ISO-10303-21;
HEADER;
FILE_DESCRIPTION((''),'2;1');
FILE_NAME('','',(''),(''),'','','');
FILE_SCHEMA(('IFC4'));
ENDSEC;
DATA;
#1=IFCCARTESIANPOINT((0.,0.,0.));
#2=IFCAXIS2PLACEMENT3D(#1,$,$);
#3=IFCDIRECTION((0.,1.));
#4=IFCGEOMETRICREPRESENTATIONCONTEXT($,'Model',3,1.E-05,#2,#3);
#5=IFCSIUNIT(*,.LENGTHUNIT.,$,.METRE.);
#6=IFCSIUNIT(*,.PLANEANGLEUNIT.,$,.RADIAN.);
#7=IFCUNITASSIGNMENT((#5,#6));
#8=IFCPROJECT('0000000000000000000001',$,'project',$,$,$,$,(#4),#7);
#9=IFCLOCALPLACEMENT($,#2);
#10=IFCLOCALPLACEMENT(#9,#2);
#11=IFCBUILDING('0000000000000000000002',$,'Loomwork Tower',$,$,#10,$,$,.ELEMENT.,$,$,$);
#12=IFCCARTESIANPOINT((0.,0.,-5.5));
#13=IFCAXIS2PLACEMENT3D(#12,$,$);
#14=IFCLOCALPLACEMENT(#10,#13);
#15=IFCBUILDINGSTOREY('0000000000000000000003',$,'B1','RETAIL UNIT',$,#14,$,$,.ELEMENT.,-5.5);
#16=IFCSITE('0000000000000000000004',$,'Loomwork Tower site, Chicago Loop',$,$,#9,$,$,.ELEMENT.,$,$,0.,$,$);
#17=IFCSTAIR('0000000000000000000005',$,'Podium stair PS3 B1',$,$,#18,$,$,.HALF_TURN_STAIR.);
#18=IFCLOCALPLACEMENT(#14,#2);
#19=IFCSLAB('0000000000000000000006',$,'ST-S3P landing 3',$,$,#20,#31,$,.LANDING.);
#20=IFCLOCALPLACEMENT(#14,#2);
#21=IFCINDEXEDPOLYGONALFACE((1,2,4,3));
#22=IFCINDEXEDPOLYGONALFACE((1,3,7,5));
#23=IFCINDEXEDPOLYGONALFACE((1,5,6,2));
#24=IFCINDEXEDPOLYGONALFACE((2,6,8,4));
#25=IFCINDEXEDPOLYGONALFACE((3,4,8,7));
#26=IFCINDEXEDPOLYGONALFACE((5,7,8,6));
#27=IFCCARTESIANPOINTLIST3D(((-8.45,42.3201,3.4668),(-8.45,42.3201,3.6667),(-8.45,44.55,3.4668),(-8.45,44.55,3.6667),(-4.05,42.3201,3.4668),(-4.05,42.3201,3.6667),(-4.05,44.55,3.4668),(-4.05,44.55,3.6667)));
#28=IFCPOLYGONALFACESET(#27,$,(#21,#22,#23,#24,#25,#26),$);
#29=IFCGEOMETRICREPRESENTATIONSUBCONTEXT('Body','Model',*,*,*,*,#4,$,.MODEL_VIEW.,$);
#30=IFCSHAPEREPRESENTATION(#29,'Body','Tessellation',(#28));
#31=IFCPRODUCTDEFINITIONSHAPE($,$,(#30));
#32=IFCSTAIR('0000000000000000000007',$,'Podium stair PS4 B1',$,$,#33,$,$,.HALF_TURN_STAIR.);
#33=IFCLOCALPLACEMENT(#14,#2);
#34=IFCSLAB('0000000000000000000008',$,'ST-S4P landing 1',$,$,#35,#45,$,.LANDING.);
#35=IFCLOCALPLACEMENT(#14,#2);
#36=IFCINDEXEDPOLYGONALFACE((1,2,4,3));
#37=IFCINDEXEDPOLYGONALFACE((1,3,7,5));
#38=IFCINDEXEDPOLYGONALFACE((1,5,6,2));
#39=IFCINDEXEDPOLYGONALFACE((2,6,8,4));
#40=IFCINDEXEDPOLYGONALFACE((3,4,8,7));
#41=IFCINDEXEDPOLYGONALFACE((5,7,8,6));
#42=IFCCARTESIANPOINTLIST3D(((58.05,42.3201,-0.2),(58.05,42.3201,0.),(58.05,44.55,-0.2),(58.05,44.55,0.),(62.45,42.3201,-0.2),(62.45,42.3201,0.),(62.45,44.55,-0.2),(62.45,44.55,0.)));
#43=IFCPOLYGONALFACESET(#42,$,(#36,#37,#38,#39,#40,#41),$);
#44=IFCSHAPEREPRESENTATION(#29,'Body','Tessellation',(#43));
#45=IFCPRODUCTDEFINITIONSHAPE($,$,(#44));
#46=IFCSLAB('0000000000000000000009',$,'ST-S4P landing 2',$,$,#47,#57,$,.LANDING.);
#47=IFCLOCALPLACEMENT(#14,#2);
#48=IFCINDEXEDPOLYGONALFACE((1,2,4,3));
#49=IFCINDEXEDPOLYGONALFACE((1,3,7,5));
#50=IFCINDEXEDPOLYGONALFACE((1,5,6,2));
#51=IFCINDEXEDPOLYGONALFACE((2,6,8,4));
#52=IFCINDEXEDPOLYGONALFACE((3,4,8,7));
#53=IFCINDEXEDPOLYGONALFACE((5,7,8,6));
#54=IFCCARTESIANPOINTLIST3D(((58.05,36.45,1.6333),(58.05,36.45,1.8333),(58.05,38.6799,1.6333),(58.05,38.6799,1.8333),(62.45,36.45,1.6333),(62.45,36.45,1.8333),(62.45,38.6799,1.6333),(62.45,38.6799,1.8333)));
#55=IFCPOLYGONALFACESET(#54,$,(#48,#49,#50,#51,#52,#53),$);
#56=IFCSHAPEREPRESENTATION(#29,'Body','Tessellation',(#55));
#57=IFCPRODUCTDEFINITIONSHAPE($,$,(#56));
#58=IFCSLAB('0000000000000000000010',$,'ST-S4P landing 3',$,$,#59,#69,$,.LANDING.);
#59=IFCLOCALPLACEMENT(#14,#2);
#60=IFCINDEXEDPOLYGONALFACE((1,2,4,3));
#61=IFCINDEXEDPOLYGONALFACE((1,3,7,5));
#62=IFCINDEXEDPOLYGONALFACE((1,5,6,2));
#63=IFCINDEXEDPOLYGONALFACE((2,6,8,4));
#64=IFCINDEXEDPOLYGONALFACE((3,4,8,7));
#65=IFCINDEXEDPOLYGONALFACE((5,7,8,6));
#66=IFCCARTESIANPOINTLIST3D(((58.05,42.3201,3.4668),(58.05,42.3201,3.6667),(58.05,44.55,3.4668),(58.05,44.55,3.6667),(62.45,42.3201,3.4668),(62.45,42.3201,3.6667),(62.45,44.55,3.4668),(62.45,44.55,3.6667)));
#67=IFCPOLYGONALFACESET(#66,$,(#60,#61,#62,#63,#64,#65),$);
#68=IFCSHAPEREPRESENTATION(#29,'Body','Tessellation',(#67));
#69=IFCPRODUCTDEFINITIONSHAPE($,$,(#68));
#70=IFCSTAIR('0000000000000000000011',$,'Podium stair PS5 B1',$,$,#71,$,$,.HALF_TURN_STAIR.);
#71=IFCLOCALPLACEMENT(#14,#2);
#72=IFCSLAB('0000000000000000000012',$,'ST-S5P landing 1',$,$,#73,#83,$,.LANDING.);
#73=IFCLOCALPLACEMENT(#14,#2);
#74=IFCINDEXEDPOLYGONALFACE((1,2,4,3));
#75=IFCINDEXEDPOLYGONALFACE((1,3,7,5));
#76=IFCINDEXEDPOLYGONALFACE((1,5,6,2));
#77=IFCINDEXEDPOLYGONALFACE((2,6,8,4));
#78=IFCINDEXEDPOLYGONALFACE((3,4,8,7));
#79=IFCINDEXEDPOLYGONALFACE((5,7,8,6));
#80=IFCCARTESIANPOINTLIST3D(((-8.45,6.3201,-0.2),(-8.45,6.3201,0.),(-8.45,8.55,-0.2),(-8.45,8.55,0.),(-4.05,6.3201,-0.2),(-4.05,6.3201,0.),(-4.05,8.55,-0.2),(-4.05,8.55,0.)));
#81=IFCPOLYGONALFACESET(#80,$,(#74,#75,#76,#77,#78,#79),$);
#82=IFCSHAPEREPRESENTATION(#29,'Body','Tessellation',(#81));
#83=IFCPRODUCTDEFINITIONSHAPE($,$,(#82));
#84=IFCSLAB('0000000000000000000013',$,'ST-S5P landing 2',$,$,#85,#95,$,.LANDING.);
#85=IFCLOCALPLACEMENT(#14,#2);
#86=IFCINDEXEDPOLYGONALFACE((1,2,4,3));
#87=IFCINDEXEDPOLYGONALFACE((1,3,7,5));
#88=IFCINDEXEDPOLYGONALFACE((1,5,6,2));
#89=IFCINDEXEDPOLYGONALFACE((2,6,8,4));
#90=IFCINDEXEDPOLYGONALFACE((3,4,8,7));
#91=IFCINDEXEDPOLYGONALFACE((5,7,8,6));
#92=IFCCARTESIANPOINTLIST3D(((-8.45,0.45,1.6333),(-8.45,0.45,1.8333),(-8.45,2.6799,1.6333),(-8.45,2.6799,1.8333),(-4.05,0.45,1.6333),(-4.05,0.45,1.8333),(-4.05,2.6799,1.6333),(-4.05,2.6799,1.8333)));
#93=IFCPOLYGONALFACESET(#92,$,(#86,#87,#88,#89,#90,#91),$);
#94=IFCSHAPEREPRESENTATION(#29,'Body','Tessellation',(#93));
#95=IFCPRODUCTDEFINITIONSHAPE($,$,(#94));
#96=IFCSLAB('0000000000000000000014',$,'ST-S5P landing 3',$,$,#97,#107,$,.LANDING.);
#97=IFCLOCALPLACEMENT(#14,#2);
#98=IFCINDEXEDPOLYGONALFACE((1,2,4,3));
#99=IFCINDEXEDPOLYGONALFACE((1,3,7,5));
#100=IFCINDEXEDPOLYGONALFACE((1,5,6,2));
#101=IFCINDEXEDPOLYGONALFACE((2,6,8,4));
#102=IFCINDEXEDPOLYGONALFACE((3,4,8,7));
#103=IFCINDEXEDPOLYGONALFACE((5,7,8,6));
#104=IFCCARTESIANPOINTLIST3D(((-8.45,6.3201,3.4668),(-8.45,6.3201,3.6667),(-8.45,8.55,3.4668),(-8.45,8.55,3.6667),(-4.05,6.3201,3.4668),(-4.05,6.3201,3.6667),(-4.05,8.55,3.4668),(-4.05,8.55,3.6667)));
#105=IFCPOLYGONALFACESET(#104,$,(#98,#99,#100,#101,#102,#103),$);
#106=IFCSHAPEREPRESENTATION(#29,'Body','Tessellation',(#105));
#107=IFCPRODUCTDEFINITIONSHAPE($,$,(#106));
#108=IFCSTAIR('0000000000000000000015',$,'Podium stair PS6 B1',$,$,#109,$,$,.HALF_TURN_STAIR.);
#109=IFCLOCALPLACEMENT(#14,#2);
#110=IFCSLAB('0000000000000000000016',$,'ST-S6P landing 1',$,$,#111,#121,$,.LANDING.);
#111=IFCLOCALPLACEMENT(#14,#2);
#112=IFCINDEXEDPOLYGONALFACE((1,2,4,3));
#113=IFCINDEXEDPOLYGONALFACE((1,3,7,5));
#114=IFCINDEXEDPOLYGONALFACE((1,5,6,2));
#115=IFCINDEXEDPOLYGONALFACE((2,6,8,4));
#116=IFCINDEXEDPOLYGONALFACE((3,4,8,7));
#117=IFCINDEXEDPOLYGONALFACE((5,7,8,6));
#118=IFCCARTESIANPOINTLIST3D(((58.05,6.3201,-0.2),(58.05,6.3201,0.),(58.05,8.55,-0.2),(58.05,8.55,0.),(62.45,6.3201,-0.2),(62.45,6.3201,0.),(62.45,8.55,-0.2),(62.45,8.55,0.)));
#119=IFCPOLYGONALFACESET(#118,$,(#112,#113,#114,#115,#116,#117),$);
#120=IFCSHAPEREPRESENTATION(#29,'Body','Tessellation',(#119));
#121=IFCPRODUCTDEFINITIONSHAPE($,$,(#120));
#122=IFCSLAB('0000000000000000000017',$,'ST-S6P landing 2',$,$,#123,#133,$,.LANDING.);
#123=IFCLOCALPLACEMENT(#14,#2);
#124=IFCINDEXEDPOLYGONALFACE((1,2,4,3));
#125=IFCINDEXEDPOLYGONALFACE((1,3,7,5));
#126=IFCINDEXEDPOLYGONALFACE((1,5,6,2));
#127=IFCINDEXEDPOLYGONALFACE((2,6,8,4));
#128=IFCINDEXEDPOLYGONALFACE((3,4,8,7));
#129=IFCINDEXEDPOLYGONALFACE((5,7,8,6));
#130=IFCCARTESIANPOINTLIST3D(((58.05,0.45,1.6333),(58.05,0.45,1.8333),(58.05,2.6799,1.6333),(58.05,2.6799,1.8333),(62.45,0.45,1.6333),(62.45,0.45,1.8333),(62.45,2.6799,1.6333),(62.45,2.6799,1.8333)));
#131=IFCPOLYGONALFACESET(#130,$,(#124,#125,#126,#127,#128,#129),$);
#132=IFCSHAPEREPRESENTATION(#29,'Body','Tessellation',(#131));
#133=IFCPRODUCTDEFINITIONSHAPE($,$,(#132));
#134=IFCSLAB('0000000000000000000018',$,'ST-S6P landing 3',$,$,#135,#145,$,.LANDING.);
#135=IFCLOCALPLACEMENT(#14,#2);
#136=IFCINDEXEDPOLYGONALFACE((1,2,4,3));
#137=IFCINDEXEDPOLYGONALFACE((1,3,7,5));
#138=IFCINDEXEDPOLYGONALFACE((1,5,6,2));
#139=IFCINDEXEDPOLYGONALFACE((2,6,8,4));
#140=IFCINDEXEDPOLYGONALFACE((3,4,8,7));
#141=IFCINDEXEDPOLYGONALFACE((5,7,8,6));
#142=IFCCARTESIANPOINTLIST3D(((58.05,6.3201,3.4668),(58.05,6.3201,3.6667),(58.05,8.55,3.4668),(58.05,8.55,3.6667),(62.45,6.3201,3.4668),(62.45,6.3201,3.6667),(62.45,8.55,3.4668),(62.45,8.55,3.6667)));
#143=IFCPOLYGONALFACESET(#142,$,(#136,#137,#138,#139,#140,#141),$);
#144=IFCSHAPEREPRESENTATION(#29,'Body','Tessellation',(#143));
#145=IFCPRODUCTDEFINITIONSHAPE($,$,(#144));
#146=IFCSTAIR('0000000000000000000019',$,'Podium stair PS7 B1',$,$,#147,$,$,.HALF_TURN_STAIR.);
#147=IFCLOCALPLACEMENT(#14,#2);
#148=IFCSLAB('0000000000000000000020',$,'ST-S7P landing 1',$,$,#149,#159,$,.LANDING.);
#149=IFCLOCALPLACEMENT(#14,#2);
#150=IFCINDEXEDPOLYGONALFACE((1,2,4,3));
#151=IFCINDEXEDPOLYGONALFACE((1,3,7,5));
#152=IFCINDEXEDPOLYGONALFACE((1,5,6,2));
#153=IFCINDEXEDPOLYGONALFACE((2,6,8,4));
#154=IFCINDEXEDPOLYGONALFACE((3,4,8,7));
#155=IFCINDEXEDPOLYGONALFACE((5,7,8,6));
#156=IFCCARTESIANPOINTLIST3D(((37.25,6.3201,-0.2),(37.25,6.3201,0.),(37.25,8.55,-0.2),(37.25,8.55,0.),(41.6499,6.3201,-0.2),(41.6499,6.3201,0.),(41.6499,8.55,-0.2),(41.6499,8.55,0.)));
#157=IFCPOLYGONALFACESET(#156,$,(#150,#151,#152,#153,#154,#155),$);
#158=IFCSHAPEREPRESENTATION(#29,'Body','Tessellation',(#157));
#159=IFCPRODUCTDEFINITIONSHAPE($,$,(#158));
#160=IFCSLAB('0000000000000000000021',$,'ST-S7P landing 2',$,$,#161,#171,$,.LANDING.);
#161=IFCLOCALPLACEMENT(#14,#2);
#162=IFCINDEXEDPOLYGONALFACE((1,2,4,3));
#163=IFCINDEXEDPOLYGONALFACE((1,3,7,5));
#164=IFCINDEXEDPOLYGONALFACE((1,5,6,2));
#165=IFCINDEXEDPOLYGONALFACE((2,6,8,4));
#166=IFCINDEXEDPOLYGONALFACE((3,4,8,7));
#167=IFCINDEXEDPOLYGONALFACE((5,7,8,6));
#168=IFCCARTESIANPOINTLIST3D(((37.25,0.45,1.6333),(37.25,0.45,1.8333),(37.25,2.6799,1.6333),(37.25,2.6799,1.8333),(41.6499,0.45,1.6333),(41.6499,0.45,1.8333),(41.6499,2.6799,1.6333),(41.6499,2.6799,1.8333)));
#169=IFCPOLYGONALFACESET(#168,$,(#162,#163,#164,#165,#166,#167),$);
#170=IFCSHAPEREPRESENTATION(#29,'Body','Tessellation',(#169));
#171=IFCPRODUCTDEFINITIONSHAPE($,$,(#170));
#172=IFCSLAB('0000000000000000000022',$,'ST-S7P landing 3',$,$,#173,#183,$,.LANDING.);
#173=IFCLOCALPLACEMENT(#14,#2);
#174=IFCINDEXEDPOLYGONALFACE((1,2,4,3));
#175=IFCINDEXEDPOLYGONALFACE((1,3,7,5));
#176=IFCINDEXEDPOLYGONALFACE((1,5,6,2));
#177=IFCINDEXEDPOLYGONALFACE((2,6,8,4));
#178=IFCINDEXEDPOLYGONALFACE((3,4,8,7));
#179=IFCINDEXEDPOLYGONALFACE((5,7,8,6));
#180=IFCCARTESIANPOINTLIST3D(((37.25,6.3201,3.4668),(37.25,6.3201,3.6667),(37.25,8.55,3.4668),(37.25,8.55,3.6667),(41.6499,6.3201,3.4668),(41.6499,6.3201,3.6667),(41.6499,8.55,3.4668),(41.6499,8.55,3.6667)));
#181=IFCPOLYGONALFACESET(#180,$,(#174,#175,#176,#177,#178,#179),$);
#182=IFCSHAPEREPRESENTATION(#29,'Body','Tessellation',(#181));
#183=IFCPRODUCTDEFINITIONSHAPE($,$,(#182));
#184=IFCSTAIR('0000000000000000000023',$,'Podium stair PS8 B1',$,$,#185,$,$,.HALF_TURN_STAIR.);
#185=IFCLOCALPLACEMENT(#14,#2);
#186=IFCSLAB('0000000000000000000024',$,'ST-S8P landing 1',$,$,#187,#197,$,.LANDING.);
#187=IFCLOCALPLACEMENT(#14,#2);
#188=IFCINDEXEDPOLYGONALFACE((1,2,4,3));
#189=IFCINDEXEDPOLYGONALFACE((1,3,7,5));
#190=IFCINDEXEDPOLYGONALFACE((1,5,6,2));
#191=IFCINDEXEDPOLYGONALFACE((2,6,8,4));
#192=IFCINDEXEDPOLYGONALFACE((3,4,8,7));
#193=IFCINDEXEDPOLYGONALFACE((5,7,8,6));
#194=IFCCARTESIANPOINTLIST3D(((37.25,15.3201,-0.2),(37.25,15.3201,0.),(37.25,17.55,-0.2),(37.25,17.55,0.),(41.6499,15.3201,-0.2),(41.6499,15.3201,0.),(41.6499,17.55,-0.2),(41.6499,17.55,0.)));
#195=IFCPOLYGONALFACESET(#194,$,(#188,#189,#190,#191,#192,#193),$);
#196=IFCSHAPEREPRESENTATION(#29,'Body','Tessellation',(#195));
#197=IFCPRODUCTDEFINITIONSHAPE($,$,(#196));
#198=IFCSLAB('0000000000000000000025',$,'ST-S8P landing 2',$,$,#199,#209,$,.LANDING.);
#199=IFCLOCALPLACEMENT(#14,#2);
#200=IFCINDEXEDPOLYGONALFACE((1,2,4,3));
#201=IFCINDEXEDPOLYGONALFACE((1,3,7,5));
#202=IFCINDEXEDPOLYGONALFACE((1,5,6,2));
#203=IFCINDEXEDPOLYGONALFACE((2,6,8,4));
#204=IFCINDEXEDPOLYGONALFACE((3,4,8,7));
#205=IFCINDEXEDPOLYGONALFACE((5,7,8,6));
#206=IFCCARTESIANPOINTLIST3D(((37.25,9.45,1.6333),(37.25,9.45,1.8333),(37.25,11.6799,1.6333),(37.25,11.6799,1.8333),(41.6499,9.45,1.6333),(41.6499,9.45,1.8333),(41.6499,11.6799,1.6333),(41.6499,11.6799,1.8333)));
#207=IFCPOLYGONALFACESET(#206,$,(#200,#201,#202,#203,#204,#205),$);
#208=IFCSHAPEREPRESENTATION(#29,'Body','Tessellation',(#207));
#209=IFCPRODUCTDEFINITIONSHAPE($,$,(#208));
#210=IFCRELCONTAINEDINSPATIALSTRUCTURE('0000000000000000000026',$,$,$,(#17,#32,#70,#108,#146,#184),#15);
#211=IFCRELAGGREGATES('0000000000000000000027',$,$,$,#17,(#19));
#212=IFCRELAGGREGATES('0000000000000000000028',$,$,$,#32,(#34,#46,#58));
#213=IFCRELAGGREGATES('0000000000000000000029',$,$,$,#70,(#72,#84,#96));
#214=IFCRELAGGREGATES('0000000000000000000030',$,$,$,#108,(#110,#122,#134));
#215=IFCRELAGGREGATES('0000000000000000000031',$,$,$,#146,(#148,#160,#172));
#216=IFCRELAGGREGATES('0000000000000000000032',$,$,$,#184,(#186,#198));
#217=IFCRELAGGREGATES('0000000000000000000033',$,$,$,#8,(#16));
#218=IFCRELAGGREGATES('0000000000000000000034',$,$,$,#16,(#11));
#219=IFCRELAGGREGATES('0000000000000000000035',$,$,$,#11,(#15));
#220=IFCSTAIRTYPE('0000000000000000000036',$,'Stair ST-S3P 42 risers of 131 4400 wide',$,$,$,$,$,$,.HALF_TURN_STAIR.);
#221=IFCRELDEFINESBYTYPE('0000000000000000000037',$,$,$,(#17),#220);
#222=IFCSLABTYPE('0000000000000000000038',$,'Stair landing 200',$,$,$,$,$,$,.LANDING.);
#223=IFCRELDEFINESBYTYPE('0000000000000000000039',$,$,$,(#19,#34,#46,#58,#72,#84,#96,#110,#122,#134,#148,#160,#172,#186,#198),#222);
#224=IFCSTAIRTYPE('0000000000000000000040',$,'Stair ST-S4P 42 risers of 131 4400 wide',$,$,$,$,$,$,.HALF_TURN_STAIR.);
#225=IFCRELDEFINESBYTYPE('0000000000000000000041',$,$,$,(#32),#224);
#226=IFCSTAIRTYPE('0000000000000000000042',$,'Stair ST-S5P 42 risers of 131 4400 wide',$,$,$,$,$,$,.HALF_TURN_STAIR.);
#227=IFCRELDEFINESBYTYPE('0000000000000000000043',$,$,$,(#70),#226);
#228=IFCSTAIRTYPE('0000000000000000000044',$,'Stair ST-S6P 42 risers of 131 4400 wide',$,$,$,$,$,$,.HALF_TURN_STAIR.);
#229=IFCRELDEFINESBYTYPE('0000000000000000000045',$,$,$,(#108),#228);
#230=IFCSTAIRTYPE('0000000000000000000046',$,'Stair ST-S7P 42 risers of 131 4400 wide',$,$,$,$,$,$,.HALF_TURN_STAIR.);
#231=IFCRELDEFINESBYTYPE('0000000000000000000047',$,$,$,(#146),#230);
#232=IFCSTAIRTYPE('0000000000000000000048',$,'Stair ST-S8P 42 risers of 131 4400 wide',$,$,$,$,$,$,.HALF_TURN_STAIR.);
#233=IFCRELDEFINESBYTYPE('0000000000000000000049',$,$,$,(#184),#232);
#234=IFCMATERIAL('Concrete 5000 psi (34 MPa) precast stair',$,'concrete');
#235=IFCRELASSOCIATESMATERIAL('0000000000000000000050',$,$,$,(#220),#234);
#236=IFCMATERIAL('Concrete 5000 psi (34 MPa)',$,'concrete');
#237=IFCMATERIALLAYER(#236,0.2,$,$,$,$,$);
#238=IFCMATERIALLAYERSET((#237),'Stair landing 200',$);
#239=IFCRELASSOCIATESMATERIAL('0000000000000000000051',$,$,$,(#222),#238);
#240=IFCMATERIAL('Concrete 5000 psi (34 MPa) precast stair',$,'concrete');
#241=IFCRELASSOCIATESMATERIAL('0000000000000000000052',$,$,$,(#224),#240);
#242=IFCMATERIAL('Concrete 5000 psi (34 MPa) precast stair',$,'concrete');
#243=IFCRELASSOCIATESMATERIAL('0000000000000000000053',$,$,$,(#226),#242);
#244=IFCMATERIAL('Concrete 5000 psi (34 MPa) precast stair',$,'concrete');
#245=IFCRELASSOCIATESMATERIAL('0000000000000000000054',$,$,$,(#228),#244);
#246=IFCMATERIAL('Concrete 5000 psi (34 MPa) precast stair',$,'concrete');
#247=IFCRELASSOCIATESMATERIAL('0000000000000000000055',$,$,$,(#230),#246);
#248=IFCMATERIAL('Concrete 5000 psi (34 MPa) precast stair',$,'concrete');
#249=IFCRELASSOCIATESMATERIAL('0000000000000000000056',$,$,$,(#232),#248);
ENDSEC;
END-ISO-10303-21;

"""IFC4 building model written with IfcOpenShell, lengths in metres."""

from ifc_helpers import new_model, si_unit, direction, frame, origin, place, context, subcontext, project, spatial, polyline, outline, extrude, material, layer, layer_set, type_object, element, aggregate, save


model = new_model("IFC4")

# Units and contexts
model_context = context("Model", 3, precision=1e-05, world=origin(), true_north=direction((0.0, 1.0)))
body_context = subcontext(model_context, "Body", "Model", "MODEL_VIEW")
ifc_project = project(units=[si_unit("LENGTHUNIT", "METRE"), si_unit("PLANEANGLEUNIT", "RADIAN")], contexts=[model_context])

# Site, building, storey
site_placement = place(None, origin())
site = spatial("IfcSite", under=ifc_project, at=site_placement, Name="Loomwork Tower site, Chicago Loop", CompositionType="ELEMENT", RefElevation=0.0)
building_placement = place(site_placement, origin())
building = spatial("IfcBuilding", under=site, at=building_placement, Name="Loomwork Tower", CompositionType="ELEMENT")
storey_placement = place(building_placement, frame((0.0, 0.0, -5.5)))
storey = spatial("IfcBuildingStorey", under=building, at=storey_placement, Name="B1", Description="RETAIL UNIT", CompositionType="ELEMENT", Elevation=-5.5)

# Stair, slab
ifc_material_1 = material(Name="Concrete 5000 psi (34 MPa) precast stair", Category="concrete")
stair_type_1 = type_object("IfcStairType", Name="Stair ST-S3P 42 risers of 131 4400 wide", PredefinedType="HALF_TURN_STAIR", material=ifc_material_1)
stair_1_placement = place(storey_placement, origin())
stair_1 = element("IfcStair", 1, at=stair_1_placement, inside=storey, type_object=stair_type_1, Name="Podium stair PS3 B1", PredefinedType="HALF_TURN_STAIR")
ifc_material_2 = material(Name="Concrete 5000 psi (34 MPa)", Category="concrete")
ifc_layer = layer(ifc_material_2, 0.2)
ifc_layer_set = layer_set([ifc_layer], Name="Stair landing 200")
slab_type = type_object("IfcSlabType", Name="Stair landing 200", PredefinedType="LANDING", material=ifc_layer_set)
slab_1_placement = place(storey_placement, frame((0.0, 0.0, 3.4668)))
slab_1 = element("IfcSlab", 2, at=slab_1_placement, type_object=slab_type, Name="ST-S3P landing 3", PredefinedType="LANDING", context=body_context, shape_type="SweptSolid", body=[
    extrude(outline(polyline([(-8.45, 42.3201), (-4.05, 42.3201), (-4.05, 44.55), (-8.45, 44.55), (-8.45, 42.3201)])), origin(), (0.0, 0.0, 1.0), 0.2),
])
aggregate(stair_1, [slab_1])

# Stairs, slabs
ifc_material_3 = material(Name="Concrete 5000 psi (34 MPa) precast stair", Category="concrete")
stair_type_2 = type_object("IfcStairType", Name="Stair ST-S4P 42 risers of 131 4400 wide", PredefinedType="HALF_TURN_STAIR", material=ifc_material_3)
stair_2_placement = place(storey_placement, origin())
stair_2 = element("IfcStair", 3, at=stair_2_placement, inside=storey, type_object=stair_type_2, Name="Podium stair PS4 B1", PredefinedType="HALF_TURN_STAIR")
slab_2_placement = place(storey_placement, frame((0.0, 0.0, -0.2)))
slab_2 = element("IfcSlab", 4, at=slab_2_placement, type_object=slab_type, Name="ST-S4P landing 1", PredefinedType="LANDING", context=body_context, shape_type="SweptSolid", body=[
    extrude(outline(polyline([(58.05, 42.3201), (62.45, 42.3201), (62.45, 44.55), (58.05, 44.55), (58.05, 42.3201)])), origin(), (0.0, 0.0, 1.0), 0.2),
])
slab_3_placement = place(storey_placement, frame((0.0, 0.0, 1.6333)))
slab_3 = element("IfcSlab", 5, at=slab_3_placement, type_object=slab_type, Name="ST-S4P landing 2", PredefinedType="LANDING", context=body_context, shape_type="SweptSolid", body=[
    extrude(outline(polyline([(58.05, 36.45), (62.45, 36.45), (62.45, 38.6799), (58.05, 38.6799), (58.05, 36.45)])), origin(), (0.0, 0.0, 1.0), 0.2),
])
slab_4_placement = place(storey_placement, frame((0.0, 0.0, 3.4668)))
slab_4 = element("IfcSlab", 6, at=slab_4_placement, type_object=slab_type, Name="ST-S4P landing 3", PredefinedType="LANDING", context=body_context, shape_type="SweptSolid", body=[
    extrude(outline(polyline([(58.05, 42.3201), (62.45, 42.3201), (62.45, 44.55), (58.05, 44.55), (58.05, 42.3201)])), origin(), (0.0, 0.0, 1.0), 0.2),
])
aggregate(stair_2, [slab_2, slab_3, slab_4])
ifc_material_4 = material(Name="Concrete 5000 psi (34 MPa) precast stair", Category="concrete")
stair_type_3 = type_object("IfcStairType", Name="Stair ST-S5P 42 risers of 131 4400 wide", PredefinedType="HALF_TURN_STAIR", material=ifc_material_4)
stair_3_placement = place(storey_placement, origin())
stair_3 = element("IfcStair", 7, at=stair_3_placement, inside=storey, type_object=stair_type_3, Name="Podium stair PS5 B1", PredefinedType="HALF_TURN_STAIR")
slab_5_placement = place(storey_placement, frame((0.0, 0.0, -0.2)))
slab_5 = element("IfcSlab", 8, at=slab_5_placement, type_object=slab_type, Name="ST-S5P landing 1", PredefinedType="LANDING", context=body_context, shape_type="SweptSolid", body=[
    extrude(outline(polyline([(-8.45, 6.3201), (-4.05, 6.3201), (-4.05, 8.55), (-8.45, 8.55), (-8.45, 6.3201)])), origin(), (0.0, 0.0, 1.0), 0.2),
])
slab_6_placement = place(storey_placement, frame((0.0, 0.0, 1.6333)))
slab_6 = element("IfcSlab", 9, at=slab_6_placement, type_object=slab_type, Name="ST-S5P landing 2", PredefinedType="LANDING", context=body_context, shape_type="SweptSolid", body=[
    extrude(outline(polyline([(-8.45, 0.45), (-4.05, 0.45), (-4.05, 2.6799), (-8.45, 2.6799), (-8.45, 0.45)])), origin(), (0.0, 0.0, 1.0), 0.2),
])
slab_7_placement = place(storey_placement, frame((0.0, 0.0, 3.4668)))
slab_7 = element("IfcSlab", 10, at=slab_7_placement, type_object=slab_type, Name="ST-S5P landing 3", PredefinedType="LANDING", context=body_context, shape_type="SweptSolid", body=[
    extrude(outline(polyline([(-8.45, 6.3201), (-4.05, 6.3201), (-4.05, 8.55), (-8.45, 8.55), (-8.45, 6.3201)])), origin(), (0.0, 0.0, 1.0), 0.2),
])
aggregate(stair_3, [slab_5, slab_6, slab_7])
ifc_material_5 = material(Name="Concrete 5000 psi (34 MPa) precast stair", Category="concrete")
stair_type_4 = type_object("IfcStairType", Name="Stair ST-S6P 42 risers of 131 4400 wide", PredefinedType="HALF_TURN_STAIR", material=ifc_material_5)
stair_4_placement = place(storey_placement, origin())
stair_4 = element("IfcStair", 11, at=stair_4_placement, inside=storey, type_object=stair_type_4, Name="Podium stair PS6 B1", PredefinedType="HALF_TURN_STAIR")
slab_8_placement = place(storey_placement, frame((0.0, 0.0, -0.2)))
slab_8 = element("IfcSlab", 12, at=slab_8_placement, type_object=slab_type, Name="ST-S6P landing 1", PredefinedType="LANDING", context=body_context, shape_type="SweptSolid", body=[
    extrude(outline(polyline([(58.05, 6.3201), (62.45, 6.3201), (62.45, 8.55), (58.05, 8.55), (58.05, 6.3201)])), origin(), (0.0, 0.0, 1.0), 0.2),
])
slab_9_placement = place(storey_placement, frame((0.0, 0.0, 1.6333)))
slab_9 = element("IfcSlab", 13, at=slab_9_placement, type_object=slab_type, Name="ST-S6P landing 2", PredefinedType="LANDING", context=body_context, shape_type="SweptSolid", body=[
    extrude(outline(polyline([(58.05, 0.45), (62.45, 0.45), (62.45, 2.6799), (58.05, 2.6799), (58.05, 0.45)])), origin(), (0.0, 0.0, 1.0), 0.2),
])
slab_10_placement = place(storey_placement, frame((0.0, 0.0, 3.4668)))
slab_10 = element("IfcSlab", 14, at=slab_10_placement, type_object=slab_type, Name="ST-S6P landing 3", PredefinedType="LANDING", context=body_context, shape_type="SweptSolid", body=[
    extrude(outline(polyline([(58.05, 6.3201), (62.45, 6.3201), (62.45, 8.55), (58.05, 8.55), (58.05, 6.3201)])), origin(), (0.0, 0.0, 1.0), 0.2),
])
aggregate(stair_4, [slab_8, slab_9, slab_10])
ifc_material_6 = material(Name="Concrete 5000 psi (34 MPa) precast stair", Category="concrete")
stair_type_5 = type_object("IfcStairType", Name="Stair ST-S7P 42 risers of 131 4400 wide", PredefinedType="HALF_TURN_STAIR", material=ifc_material_6)
stair_5_placement = place(storey_placement, origin())
stair_5 = element("IfcStair", 15, at=stair_5_placement, inside=storey, type_object=stair_type_5, Name="Podium stair PS7 B1", PredefinedType="HALF_TURN_STAIR")
slab_11_placement = place(storey_placement, frame((0.0, 0.0, -0.2)))
slab_11 = element("IfcSlab", 16, at=slab_11_placement, type_object=slab_type, Name="ST-S7P landing 1", PredefinedType="LANDING", context=body_context, shape_type="SweptSolid", body=[
    extrude(outline(polyline([(37.25, 6.3201), (41.6499, 6.3201), (41.6499, 8.55), (37.25, 8.55), (37.25, 6.3201)])), origin(), (0.0, 0.0, 1.0), 0.2),
])
slab_12_placement = place(storey_placement, frame((0.0, 0.0, 1.6333)))
slab_12 = element("IfcSlab", 17, at=slab_12_placement, type_object=slab_type, Name="ST-S7P landing 2", PredefinedType="LANDING", context=body_context, shape_type="SweptSolid", body=[
    extrude(outline(polyline([(37.25, 0.45), (41.6499, 0.45), (41.6499, 2.6799), (37.25, 2.6799), (37.25, 0.45)])), origin(), (0.0, 0.0, 1.0), 0.2),
])
slab_13_placement = place(storey_placement, frame((0.0, 0.0, 3.4668)))
slab_13 = element("IfcSlab", 18, at=slab_13_placement, type_object=slab_type, Name="ST-S7P landing 3", PredefinedType="LANDING", context=body_context, shape_type="SweptSolid", body=[
    extrude(outline(polyline([(37.25, 6.3201), (41.6499, 6.3201), (41.6499, 8.55), (37.25, 8.55), (37.25, 6.3201)])), origin(), (0.0, 0.0, 1.0), 0.2),
])
aggregate(stair_5, [slab_11, slab_12, slab_13])
ifc_material_7 = material(Name="Concrete 5000 psi (34 MPa) precast stair", Category="concrete")
stair_type_6 = type_object("IfcStairType", Name="Stair ST-S8P 42 risers of 131 4400 wide", PredefinedType="HALF_TURN_STAIR", material=ifc_material_7)
stair_6_placement = place(storey_placement, origin())
stair_6 = element("IfcStair", 19, at=stair_6_placement, inside=storey, type_object=stair_type_6, Name="Podium stair PS8 B1", PredefinedType="HALF_TURN_STAIR")
slab_14_placement = place(storey_placement, frame((0.0, 0.0, -0.2)))
slab_14 = element("IfcSlab", 20, at=slab_14_placement, type_object=slab_type, Name="ST-S8P landing 1", PredefinedType="LANDING", context=body_context, shape_type="SweptSolid", body=[
    extrude(outline(polyline([(37.25, 15.3201), (41.6499, 15.3201), (41.6499, 17.55), (37.25, 17.55), (37.25, 15.3201)])), origin(), (0.0, 0.0, 1.0), 0.2),
])
slab_15_placement = place(storey_placement, frame((0.0, 0.0, 1.6333)))
slab_15 = element("IfcSlab", 21, at=slab_15_placement, type_object=slab_type, Name="ST-S8P landing 2", PredefinedType="LANDING", context=body_context, shape_type="SweptSolid", body=[
    extrude(outline(polyline([(37.25, 9.45), (41.6499, 9.45), (41.6499, 11.6799), (37.25, 11.6799), (37.25, 9.45)])), origin(), (0.0, 0.0, 1.0), 0.2),
])
aggregate(stair_6, [slab_14, slab_15])

save(model, "model.ifc")
